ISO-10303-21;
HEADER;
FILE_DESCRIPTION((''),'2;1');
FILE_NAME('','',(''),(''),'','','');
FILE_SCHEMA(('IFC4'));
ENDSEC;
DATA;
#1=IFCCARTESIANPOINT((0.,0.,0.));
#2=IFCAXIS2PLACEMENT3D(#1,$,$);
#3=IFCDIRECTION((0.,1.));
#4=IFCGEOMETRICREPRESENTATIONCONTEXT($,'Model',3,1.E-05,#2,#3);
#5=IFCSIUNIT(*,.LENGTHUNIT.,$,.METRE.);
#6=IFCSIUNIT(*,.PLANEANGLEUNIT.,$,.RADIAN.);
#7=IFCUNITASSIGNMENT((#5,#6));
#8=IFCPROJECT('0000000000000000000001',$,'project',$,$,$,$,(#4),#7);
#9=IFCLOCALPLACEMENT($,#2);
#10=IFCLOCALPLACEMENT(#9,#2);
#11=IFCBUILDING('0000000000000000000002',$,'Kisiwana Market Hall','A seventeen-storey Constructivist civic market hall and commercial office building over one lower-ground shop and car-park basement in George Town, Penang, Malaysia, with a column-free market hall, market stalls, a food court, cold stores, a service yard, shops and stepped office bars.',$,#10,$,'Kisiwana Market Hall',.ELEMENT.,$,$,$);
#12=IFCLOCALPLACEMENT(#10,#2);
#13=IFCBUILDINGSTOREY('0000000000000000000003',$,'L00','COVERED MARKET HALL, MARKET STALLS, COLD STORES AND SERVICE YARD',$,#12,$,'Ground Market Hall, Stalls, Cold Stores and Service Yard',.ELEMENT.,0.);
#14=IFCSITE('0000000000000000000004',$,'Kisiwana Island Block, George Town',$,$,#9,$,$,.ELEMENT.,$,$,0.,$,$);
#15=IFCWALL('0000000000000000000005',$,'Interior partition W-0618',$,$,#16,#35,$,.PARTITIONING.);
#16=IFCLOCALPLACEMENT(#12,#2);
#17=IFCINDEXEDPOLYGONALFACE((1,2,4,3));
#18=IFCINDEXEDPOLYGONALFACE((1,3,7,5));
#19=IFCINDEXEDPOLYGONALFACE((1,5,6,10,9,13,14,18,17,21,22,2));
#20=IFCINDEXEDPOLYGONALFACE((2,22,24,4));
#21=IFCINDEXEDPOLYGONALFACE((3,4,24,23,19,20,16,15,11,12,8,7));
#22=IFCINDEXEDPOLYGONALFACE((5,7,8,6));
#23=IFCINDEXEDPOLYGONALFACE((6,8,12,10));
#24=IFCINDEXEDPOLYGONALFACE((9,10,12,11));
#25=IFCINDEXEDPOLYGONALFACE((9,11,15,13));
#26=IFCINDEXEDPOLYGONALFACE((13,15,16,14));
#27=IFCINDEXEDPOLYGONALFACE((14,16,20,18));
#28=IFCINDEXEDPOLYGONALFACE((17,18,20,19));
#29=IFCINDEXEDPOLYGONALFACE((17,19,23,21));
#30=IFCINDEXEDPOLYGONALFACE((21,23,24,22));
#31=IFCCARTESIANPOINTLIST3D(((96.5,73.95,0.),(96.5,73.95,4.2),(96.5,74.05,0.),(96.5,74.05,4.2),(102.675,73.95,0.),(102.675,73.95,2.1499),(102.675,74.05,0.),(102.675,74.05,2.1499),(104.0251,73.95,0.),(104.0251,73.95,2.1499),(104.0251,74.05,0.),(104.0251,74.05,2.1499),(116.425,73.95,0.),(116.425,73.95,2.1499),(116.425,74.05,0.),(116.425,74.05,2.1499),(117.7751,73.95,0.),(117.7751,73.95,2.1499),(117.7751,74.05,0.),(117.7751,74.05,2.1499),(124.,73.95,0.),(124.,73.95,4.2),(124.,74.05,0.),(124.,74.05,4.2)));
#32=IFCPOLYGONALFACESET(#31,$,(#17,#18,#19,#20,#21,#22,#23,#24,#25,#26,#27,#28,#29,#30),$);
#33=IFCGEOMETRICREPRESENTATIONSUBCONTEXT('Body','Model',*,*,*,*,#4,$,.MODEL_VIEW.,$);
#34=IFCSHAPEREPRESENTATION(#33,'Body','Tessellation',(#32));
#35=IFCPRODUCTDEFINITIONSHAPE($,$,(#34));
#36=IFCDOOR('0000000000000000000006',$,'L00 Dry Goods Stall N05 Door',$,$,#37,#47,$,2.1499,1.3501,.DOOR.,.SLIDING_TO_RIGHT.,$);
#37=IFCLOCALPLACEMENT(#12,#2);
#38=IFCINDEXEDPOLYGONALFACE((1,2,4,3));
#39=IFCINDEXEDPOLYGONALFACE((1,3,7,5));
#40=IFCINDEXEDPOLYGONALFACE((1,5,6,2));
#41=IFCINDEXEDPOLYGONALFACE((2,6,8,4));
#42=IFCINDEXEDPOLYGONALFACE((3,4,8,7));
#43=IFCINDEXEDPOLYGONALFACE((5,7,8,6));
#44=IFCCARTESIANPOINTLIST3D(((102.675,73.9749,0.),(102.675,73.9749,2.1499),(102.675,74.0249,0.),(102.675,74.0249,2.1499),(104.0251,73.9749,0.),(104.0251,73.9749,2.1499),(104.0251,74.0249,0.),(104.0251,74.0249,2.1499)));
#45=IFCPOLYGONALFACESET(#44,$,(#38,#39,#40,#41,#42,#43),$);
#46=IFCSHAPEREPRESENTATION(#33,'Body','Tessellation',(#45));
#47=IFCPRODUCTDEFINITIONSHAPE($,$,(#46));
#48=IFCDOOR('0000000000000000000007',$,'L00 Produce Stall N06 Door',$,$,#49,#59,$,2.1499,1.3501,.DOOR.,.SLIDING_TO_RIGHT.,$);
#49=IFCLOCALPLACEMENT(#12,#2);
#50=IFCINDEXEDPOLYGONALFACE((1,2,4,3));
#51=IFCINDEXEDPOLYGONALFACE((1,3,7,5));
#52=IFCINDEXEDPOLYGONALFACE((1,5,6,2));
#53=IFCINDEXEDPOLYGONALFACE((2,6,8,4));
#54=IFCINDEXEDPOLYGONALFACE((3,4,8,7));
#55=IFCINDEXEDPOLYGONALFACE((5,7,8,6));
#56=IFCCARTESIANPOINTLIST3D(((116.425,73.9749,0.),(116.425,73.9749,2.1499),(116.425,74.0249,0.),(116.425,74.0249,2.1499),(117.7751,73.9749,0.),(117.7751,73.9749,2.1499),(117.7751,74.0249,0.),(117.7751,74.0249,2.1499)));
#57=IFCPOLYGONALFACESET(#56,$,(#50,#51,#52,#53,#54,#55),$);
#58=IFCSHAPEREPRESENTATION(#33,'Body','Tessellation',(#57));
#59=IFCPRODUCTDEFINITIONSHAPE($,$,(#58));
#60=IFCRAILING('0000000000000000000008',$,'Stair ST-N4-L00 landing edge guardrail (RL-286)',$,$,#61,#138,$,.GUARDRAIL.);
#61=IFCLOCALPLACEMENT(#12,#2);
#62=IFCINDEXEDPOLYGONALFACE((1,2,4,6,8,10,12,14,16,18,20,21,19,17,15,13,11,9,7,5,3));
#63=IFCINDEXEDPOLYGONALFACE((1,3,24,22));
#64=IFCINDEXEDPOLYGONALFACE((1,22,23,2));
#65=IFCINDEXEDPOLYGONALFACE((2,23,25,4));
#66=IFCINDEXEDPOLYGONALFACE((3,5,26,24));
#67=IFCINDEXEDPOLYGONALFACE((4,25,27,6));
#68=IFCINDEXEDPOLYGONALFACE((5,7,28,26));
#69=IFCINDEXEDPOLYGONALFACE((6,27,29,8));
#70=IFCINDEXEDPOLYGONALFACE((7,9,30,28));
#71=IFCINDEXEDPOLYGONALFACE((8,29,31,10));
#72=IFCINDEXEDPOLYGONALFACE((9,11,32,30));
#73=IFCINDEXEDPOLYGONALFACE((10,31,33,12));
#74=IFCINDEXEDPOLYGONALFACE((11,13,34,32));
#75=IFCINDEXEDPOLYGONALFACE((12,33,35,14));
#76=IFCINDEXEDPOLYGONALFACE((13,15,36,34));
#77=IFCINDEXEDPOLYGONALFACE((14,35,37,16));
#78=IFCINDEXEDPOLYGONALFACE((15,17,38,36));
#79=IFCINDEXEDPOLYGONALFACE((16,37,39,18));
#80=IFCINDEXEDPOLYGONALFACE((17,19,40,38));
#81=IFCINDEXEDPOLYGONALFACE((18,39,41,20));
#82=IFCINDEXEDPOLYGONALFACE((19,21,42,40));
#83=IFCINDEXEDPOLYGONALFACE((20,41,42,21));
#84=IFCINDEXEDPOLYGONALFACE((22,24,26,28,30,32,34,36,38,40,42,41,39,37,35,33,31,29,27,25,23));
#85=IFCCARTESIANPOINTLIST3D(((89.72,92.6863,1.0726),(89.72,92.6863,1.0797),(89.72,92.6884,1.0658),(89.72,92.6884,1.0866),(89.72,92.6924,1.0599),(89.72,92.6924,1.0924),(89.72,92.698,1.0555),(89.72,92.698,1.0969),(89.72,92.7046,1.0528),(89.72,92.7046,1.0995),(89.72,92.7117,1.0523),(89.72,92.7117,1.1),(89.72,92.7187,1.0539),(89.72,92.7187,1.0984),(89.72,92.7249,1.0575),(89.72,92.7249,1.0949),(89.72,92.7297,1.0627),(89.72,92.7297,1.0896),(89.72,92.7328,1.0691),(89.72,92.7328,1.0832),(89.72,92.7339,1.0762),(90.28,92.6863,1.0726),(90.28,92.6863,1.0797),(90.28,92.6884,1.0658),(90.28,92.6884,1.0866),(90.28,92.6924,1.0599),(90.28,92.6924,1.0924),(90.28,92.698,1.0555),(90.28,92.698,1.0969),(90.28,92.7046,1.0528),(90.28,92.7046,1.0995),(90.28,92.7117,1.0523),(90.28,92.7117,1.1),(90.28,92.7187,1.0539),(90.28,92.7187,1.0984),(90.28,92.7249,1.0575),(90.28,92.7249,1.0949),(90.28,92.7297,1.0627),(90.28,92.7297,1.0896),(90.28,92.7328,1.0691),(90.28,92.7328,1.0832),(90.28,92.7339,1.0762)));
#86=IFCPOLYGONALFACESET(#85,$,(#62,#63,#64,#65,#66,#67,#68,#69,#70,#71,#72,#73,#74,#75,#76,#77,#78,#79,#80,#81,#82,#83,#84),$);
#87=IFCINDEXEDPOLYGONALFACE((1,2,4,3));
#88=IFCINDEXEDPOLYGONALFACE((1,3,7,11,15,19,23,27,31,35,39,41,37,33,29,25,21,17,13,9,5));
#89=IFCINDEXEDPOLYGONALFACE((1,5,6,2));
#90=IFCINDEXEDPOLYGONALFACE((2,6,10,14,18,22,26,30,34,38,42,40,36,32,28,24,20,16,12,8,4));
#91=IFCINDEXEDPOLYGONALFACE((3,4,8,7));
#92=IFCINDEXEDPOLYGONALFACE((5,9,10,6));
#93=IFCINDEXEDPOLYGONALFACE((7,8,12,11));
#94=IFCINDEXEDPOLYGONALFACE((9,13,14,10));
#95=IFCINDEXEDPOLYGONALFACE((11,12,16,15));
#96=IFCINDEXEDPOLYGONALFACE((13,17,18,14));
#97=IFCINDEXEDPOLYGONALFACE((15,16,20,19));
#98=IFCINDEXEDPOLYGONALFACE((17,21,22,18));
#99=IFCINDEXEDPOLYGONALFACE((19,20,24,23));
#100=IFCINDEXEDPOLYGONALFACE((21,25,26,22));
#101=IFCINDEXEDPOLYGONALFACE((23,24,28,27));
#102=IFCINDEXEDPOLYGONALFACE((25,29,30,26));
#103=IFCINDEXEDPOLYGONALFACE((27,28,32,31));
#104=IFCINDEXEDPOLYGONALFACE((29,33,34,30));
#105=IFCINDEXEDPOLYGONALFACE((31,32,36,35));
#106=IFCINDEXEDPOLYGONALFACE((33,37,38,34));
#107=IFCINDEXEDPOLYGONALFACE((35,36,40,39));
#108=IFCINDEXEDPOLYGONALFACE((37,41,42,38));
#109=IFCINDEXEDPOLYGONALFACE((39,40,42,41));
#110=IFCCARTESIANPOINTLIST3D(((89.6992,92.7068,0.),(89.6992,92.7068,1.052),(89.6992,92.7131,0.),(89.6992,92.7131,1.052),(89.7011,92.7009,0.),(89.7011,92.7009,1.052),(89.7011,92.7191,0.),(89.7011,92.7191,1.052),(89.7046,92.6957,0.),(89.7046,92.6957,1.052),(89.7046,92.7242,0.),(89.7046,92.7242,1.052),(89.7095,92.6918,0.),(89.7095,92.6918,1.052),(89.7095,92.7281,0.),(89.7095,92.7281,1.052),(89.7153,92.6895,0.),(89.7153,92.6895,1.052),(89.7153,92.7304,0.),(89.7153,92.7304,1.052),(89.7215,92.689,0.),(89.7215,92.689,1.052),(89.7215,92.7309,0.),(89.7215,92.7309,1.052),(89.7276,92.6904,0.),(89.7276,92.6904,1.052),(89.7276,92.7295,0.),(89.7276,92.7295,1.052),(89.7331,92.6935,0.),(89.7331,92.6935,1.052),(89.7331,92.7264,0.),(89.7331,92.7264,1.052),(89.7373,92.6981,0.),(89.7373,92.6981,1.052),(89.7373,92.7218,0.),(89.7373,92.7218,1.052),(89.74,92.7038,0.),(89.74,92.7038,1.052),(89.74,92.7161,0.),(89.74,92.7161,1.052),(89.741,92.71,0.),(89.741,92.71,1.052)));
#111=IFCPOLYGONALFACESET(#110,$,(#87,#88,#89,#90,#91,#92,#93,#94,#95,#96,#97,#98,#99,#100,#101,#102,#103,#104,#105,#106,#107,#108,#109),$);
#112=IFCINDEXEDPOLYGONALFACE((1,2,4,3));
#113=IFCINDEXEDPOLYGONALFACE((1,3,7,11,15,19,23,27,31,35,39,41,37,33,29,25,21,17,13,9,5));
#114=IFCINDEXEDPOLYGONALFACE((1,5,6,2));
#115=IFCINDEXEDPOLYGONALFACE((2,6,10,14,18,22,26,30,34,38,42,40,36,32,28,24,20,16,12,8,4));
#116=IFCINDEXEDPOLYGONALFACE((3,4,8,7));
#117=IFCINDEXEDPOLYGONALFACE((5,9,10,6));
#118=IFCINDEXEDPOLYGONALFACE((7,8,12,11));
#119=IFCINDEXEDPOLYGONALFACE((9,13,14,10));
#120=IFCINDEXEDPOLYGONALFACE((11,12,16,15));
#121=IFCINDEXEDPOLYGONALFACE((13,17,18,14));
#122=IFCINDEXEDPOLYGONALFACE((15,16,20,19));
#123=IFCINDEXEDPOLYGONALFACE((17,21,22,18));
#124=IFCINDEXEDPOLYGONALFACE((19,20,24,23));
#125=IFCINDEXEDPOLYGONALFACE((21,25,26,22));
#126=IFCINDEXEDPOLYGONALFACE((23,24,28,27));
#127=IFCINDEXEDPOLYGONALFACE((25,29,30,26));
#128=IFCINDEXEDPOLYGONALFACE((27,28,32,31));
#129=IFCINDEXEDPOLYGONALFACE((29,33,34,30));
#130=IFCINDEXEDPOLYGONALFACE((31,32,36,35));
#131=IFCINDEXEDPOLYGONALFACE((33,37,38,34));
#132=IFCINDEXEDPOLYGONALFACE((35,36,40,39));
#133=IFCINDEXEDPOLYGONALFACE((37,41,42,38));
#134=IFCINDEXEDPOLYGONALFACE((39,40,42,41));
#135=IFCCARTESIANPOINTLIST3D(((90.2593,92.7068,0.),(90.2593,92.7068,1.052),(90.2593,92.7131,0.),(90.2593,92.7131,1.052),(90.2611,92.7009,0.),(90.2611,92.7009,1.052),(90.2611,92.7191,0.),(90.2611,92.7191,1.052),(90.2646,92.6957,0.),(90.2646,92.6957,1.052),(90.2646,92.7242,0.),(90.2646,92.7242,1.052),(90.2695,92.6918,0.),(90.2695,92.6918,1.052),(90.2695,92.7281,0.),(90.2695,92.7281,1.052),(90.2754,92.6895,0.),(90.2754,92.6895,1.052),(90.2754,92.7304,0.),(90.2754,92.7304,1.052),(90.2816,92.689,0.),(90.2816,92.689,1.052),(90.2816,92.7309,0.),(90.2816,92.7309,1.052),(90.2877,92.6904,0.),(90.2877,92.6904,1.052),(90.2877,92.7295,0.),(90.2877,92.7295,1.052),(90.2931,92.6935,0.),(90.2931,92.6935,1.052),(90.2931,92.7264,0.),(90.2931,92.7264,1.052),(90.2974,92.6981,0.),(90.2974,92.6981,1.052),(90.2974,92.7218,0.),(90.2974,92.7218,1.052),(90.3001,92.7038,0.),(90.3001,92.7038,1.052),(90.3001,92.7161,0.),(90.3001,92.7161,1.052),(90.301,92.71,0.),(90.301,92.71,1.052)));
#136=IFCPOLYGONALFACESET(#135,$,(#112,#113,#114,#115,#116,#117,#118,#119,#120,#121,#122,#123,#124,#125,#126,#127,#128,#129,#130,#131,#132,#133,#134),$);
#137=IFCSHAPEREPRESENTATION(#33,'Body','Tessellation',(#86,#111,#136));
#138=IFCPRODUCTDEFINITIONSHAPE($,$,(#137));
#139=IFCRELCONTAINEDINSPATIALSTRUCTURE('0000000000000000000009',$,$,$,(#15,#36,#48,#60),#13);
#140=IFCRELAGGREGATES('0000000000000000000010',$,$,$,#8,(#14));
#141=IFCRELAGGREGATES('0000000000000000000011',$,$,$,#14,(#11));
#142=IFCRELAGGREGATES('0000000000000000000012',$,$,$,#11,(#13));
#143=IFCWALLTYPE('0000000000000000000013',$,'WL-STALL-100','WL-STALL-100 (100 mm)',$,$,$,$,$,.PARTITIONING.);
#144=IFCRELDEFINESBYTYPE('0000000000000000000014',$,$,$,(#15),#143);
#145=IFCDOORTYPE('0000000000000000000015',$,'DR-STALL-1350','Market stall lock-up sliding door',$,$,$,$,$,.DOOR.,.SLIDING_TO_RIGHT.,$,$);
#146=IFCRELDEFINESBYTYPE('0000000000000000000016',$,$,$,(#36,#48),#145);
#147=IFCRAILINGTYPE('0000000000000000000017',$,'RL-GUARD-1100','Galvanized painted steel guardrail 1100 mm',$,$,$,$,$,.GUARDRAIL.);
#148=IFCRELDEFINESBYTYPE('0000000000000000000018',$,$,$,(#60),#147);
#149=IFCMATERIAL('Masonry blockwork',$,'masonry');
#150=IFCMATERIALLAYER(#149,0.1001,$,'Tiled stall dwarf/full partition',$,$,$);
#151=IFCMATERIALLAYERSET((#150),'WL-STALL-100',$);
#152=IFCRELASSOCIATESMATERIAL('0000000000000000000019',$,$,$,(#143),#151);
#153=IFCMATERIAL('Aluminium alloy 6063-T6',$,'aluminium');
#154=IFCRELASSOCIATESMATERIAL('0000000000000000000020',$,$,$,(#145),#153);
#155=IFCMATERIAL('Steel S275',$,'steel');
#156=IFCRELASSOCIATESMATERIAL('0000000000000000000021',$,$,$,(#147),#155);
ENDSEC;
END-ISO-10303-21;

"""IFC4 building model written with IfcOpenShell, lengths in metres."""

from ifc_helpers import new_model, si_unit, direction, frame, frame_2d, origin, origin_2d, place, context, subcontext, project, spatial, rectangle, circle, extrude, material, layer, layer_set, type_object, element, fill, save


model = new_model("IFC4")

# Units and contexts
model_context = context("Model", 3, precision=1e-05, world=origin(), true_north=direction((0.0, 1.0)))
body_context = subcontext(model_context, "Body", "Model", "MODEL_VIEW")
ifc_project = project(units=[si_unit("LENGTHUNIT", "METRE"), si_unit("PLANEANGLEUNIT", "RADIAN")], contexts=[model_context])

# Site, building, storey
site_placement = place(None, origin())
site = spatial("IfcSite", under=ifc_project, at=site_placement, Name="Kisiwana Island Block, George Town", CompositionType="ELEMENT", RefElevation=0.0)
building_placement = place(site_placement, origin())
building = spatial("IfcBuilding", under=site, at=building_placement, Name="Kisiwana Market Hall", Description="A seventeen-storey Constructivist civic market hall and commercial office building over one lower-ground shop and car-park basement in George Town, Penang, Malaysia, with a column-free market hall, market stalls, a food court, cold stores, a service yard, shops and stepped office bars.", LongName="Kisiwana Market Hall", CompositionType="ELEMENT")
storey_placement = place(building_placement, origin())
storey = spatial("IfcBuildingStorey", under=building, at=storey_placement, Name="L00", Description="COVERED MARKET HALL, MARKET STALLS, COLD STORES AND SERVICE YARD", LongName="Ground Market Hall, Stalls, Cold Stores and Service Yard", CompositionType="ELEMENT", Elevation=0.0)

# Shared definitions
ifc_material_1 = material(Name="Masonry blockwork", Category="masonry")
ifc_layer_1 = layer(ifc_material_1, 0.1001, Name="Tiled stall dwarf/full partition")
ifc_layer_set_1 = layer_set([ifc_layer_1], Name="WL-STALL-100")
wall_type_1 = type_object("IfcWallType", Name="WL-STALL-100", Description="WL-STALL-100 (100 mm)", PredefinedType="PARTITIONING", material=ifc_layer_set_1)

# Wall, openings, doors
wall_1_placement = place(storey_placement, frame((96.5, 74.0, 0.0), z_axis=(0.0, 0.0, 1.0), x_axis=(1.0, 0.0, 0.0)))
wall_1 = element("IfcWall", 1, at=wall_1_placement, inside=storey, type_object=wall_type_1, Name="Interior partition W-0618", PredefinedType="PARTITIONING", context=body_context, shape_type="SweptSolid", body=[
    extrude(rectangle(XDim=27.5, YDim=0.1001, at=frame_2d((13.75, 0.0))), origin(), (0.0, 0.0, 1.0), 4.2),
])
opening_1_placement = place(wall_1_placement, frame((6.175, 0.0, 0.0)))
opening_1 = element("IfcOpeningElement", 2, at=opening_1_placement, cuts=wall_1, PredefinedType="OPENING", context=body_context, shape_type="SweptSolid", body=[
    extrude(rectangle(XDim=1.3501, YDim=2.1499, at=frame_2d((0.675, 1.075))), frame((0.0, 0.062, 0.0), z_axis=(0.0, -1.0, 0.0), x_axis=(1.0, 0.0, 0.0)), (0.0, 0.0, 1.0), 0.124),
])
opening_2_placement = place(wall_1_placement, frame((19.925, 0.0, 0.0)))
opening_2 = element("IfcOpeningElement", 3, at=opening_2_placement, cuts=wall_1, PredefinedType="OPENING", context=body_context, shape_type="SweptSolid", body=[
    extrude(rectangle(XDim=1.3501, YDim=2.1499, at=frame_2d((0.675, 1.075))), frame((0.0, 0.062, 0.0), z_axis=(0.0, -1.0, 0.0), x_axis=(1.0, 0.0, 0.0)), (0.0, 0.0, 1.0), 0.124),
])
ifc_material_2 = material(Name="Aluminium alloy 6063-T6", Category="aluminium")
door_type_1 = type_object("IfcDoorType", Name="DR-STALL-1350", Description="Market stall lock-up sliding door", OperationType="SLIDING_TO_RIGHT", PredefinedType="DOOR", material=ifc_material_2)
door_1_placement = place(opening_1_placement, origin())
door_1 = element("IfcDoor", 4, at=door_1_placement, inside=storey, type_object=door_type_1, Name="L00 Dry Goods Stall N05 Door", OperationType="SLIDING_TO_RIGHT", OverallHeight=2.1499, OverallWidth=1.3501, PredefinedType="DOOR", context=body_context, shape_type="SweptSolid", body=[
    extrude(rectangle(XDim=1.3501, YDim=2.1499, at=frame_2d((0.675, 1.075))), frame((0.0, 0.0249, 0.0), z_axis=(0.0, -1.0, 0.0), x_axis=(1.0, 0.0, 0.0)), (0.0, 0.0, 1.0), 0.05),
])
fill(opening_1, door_1)
door_2_placement = place(opening_2_placement, origin())
door_2 = element("IfcDoor", 5, at=door_2_placement, inside=storey, type_object=door_type_1, Name="L00 Produce Stall N06 Door", OperationType="SLIDING_TO_RIGHT", OverallHeight=2.1499, OverallWidth=1.3501, PredefinedType="DOOR", context=body_context, shape_type="SweptSolid", body=[
    extrude(rectangle(XDim=1.3501, YDim=2.1499, at=frame_2d((0.675, 1.075))), frame((0.0, 0.0249, 0.0), z_axis=(0.0, -1.0, 0.0), x_axis=(1.0, 0.0, 0.0)), (0.0, 0.0, 1.0), 0.05),
])
fill(opening_2, door_2)

# Railing
ifc_material_3 = material(Name="Steel S275", Category="steel")
railing_type_1 = type_object("IfcRailingType", Name="RL-GUARD-1100", Description="Galvanized painted steel guardrail 1100 mm", PredefinedType="GUARDRAIL", material=ifc_material_3)
railing_1_placement = place(storey_placement, frame((89.72, 92.71, 0.0)))
element("IfcRailing", 6, at=railing_1_placement, inside=storey, type_object=railing_type_1, Name="Stair ST-N4-L00 landing edge guardrail (RL-286)", PredefinedType="GUARDRAIL", context=body_context, shape_type="SweptSolid", body=[
    extrude(circle(Radius=0.0239, at=origin_2d()), frame((0.0, 0.0, 1.0762), z_axis=(1.0, 0.0, 0.0), x_axis=(0.0, 1.0, 0.0)), (0.0, 0.0, 1.0), 0.5601),
    extrude(circle(Radius=0.021, at=origin_2d()), origin(), (0.0, 0.0, 1.0), 1.052),
    extrude(circle(Radius=0.021, at=origin_2d()), frame((0.5601, 0.0, 0.0)), (0.0, 0.0, 1.0), 1.052),
])

save(model, "model.ifc")
